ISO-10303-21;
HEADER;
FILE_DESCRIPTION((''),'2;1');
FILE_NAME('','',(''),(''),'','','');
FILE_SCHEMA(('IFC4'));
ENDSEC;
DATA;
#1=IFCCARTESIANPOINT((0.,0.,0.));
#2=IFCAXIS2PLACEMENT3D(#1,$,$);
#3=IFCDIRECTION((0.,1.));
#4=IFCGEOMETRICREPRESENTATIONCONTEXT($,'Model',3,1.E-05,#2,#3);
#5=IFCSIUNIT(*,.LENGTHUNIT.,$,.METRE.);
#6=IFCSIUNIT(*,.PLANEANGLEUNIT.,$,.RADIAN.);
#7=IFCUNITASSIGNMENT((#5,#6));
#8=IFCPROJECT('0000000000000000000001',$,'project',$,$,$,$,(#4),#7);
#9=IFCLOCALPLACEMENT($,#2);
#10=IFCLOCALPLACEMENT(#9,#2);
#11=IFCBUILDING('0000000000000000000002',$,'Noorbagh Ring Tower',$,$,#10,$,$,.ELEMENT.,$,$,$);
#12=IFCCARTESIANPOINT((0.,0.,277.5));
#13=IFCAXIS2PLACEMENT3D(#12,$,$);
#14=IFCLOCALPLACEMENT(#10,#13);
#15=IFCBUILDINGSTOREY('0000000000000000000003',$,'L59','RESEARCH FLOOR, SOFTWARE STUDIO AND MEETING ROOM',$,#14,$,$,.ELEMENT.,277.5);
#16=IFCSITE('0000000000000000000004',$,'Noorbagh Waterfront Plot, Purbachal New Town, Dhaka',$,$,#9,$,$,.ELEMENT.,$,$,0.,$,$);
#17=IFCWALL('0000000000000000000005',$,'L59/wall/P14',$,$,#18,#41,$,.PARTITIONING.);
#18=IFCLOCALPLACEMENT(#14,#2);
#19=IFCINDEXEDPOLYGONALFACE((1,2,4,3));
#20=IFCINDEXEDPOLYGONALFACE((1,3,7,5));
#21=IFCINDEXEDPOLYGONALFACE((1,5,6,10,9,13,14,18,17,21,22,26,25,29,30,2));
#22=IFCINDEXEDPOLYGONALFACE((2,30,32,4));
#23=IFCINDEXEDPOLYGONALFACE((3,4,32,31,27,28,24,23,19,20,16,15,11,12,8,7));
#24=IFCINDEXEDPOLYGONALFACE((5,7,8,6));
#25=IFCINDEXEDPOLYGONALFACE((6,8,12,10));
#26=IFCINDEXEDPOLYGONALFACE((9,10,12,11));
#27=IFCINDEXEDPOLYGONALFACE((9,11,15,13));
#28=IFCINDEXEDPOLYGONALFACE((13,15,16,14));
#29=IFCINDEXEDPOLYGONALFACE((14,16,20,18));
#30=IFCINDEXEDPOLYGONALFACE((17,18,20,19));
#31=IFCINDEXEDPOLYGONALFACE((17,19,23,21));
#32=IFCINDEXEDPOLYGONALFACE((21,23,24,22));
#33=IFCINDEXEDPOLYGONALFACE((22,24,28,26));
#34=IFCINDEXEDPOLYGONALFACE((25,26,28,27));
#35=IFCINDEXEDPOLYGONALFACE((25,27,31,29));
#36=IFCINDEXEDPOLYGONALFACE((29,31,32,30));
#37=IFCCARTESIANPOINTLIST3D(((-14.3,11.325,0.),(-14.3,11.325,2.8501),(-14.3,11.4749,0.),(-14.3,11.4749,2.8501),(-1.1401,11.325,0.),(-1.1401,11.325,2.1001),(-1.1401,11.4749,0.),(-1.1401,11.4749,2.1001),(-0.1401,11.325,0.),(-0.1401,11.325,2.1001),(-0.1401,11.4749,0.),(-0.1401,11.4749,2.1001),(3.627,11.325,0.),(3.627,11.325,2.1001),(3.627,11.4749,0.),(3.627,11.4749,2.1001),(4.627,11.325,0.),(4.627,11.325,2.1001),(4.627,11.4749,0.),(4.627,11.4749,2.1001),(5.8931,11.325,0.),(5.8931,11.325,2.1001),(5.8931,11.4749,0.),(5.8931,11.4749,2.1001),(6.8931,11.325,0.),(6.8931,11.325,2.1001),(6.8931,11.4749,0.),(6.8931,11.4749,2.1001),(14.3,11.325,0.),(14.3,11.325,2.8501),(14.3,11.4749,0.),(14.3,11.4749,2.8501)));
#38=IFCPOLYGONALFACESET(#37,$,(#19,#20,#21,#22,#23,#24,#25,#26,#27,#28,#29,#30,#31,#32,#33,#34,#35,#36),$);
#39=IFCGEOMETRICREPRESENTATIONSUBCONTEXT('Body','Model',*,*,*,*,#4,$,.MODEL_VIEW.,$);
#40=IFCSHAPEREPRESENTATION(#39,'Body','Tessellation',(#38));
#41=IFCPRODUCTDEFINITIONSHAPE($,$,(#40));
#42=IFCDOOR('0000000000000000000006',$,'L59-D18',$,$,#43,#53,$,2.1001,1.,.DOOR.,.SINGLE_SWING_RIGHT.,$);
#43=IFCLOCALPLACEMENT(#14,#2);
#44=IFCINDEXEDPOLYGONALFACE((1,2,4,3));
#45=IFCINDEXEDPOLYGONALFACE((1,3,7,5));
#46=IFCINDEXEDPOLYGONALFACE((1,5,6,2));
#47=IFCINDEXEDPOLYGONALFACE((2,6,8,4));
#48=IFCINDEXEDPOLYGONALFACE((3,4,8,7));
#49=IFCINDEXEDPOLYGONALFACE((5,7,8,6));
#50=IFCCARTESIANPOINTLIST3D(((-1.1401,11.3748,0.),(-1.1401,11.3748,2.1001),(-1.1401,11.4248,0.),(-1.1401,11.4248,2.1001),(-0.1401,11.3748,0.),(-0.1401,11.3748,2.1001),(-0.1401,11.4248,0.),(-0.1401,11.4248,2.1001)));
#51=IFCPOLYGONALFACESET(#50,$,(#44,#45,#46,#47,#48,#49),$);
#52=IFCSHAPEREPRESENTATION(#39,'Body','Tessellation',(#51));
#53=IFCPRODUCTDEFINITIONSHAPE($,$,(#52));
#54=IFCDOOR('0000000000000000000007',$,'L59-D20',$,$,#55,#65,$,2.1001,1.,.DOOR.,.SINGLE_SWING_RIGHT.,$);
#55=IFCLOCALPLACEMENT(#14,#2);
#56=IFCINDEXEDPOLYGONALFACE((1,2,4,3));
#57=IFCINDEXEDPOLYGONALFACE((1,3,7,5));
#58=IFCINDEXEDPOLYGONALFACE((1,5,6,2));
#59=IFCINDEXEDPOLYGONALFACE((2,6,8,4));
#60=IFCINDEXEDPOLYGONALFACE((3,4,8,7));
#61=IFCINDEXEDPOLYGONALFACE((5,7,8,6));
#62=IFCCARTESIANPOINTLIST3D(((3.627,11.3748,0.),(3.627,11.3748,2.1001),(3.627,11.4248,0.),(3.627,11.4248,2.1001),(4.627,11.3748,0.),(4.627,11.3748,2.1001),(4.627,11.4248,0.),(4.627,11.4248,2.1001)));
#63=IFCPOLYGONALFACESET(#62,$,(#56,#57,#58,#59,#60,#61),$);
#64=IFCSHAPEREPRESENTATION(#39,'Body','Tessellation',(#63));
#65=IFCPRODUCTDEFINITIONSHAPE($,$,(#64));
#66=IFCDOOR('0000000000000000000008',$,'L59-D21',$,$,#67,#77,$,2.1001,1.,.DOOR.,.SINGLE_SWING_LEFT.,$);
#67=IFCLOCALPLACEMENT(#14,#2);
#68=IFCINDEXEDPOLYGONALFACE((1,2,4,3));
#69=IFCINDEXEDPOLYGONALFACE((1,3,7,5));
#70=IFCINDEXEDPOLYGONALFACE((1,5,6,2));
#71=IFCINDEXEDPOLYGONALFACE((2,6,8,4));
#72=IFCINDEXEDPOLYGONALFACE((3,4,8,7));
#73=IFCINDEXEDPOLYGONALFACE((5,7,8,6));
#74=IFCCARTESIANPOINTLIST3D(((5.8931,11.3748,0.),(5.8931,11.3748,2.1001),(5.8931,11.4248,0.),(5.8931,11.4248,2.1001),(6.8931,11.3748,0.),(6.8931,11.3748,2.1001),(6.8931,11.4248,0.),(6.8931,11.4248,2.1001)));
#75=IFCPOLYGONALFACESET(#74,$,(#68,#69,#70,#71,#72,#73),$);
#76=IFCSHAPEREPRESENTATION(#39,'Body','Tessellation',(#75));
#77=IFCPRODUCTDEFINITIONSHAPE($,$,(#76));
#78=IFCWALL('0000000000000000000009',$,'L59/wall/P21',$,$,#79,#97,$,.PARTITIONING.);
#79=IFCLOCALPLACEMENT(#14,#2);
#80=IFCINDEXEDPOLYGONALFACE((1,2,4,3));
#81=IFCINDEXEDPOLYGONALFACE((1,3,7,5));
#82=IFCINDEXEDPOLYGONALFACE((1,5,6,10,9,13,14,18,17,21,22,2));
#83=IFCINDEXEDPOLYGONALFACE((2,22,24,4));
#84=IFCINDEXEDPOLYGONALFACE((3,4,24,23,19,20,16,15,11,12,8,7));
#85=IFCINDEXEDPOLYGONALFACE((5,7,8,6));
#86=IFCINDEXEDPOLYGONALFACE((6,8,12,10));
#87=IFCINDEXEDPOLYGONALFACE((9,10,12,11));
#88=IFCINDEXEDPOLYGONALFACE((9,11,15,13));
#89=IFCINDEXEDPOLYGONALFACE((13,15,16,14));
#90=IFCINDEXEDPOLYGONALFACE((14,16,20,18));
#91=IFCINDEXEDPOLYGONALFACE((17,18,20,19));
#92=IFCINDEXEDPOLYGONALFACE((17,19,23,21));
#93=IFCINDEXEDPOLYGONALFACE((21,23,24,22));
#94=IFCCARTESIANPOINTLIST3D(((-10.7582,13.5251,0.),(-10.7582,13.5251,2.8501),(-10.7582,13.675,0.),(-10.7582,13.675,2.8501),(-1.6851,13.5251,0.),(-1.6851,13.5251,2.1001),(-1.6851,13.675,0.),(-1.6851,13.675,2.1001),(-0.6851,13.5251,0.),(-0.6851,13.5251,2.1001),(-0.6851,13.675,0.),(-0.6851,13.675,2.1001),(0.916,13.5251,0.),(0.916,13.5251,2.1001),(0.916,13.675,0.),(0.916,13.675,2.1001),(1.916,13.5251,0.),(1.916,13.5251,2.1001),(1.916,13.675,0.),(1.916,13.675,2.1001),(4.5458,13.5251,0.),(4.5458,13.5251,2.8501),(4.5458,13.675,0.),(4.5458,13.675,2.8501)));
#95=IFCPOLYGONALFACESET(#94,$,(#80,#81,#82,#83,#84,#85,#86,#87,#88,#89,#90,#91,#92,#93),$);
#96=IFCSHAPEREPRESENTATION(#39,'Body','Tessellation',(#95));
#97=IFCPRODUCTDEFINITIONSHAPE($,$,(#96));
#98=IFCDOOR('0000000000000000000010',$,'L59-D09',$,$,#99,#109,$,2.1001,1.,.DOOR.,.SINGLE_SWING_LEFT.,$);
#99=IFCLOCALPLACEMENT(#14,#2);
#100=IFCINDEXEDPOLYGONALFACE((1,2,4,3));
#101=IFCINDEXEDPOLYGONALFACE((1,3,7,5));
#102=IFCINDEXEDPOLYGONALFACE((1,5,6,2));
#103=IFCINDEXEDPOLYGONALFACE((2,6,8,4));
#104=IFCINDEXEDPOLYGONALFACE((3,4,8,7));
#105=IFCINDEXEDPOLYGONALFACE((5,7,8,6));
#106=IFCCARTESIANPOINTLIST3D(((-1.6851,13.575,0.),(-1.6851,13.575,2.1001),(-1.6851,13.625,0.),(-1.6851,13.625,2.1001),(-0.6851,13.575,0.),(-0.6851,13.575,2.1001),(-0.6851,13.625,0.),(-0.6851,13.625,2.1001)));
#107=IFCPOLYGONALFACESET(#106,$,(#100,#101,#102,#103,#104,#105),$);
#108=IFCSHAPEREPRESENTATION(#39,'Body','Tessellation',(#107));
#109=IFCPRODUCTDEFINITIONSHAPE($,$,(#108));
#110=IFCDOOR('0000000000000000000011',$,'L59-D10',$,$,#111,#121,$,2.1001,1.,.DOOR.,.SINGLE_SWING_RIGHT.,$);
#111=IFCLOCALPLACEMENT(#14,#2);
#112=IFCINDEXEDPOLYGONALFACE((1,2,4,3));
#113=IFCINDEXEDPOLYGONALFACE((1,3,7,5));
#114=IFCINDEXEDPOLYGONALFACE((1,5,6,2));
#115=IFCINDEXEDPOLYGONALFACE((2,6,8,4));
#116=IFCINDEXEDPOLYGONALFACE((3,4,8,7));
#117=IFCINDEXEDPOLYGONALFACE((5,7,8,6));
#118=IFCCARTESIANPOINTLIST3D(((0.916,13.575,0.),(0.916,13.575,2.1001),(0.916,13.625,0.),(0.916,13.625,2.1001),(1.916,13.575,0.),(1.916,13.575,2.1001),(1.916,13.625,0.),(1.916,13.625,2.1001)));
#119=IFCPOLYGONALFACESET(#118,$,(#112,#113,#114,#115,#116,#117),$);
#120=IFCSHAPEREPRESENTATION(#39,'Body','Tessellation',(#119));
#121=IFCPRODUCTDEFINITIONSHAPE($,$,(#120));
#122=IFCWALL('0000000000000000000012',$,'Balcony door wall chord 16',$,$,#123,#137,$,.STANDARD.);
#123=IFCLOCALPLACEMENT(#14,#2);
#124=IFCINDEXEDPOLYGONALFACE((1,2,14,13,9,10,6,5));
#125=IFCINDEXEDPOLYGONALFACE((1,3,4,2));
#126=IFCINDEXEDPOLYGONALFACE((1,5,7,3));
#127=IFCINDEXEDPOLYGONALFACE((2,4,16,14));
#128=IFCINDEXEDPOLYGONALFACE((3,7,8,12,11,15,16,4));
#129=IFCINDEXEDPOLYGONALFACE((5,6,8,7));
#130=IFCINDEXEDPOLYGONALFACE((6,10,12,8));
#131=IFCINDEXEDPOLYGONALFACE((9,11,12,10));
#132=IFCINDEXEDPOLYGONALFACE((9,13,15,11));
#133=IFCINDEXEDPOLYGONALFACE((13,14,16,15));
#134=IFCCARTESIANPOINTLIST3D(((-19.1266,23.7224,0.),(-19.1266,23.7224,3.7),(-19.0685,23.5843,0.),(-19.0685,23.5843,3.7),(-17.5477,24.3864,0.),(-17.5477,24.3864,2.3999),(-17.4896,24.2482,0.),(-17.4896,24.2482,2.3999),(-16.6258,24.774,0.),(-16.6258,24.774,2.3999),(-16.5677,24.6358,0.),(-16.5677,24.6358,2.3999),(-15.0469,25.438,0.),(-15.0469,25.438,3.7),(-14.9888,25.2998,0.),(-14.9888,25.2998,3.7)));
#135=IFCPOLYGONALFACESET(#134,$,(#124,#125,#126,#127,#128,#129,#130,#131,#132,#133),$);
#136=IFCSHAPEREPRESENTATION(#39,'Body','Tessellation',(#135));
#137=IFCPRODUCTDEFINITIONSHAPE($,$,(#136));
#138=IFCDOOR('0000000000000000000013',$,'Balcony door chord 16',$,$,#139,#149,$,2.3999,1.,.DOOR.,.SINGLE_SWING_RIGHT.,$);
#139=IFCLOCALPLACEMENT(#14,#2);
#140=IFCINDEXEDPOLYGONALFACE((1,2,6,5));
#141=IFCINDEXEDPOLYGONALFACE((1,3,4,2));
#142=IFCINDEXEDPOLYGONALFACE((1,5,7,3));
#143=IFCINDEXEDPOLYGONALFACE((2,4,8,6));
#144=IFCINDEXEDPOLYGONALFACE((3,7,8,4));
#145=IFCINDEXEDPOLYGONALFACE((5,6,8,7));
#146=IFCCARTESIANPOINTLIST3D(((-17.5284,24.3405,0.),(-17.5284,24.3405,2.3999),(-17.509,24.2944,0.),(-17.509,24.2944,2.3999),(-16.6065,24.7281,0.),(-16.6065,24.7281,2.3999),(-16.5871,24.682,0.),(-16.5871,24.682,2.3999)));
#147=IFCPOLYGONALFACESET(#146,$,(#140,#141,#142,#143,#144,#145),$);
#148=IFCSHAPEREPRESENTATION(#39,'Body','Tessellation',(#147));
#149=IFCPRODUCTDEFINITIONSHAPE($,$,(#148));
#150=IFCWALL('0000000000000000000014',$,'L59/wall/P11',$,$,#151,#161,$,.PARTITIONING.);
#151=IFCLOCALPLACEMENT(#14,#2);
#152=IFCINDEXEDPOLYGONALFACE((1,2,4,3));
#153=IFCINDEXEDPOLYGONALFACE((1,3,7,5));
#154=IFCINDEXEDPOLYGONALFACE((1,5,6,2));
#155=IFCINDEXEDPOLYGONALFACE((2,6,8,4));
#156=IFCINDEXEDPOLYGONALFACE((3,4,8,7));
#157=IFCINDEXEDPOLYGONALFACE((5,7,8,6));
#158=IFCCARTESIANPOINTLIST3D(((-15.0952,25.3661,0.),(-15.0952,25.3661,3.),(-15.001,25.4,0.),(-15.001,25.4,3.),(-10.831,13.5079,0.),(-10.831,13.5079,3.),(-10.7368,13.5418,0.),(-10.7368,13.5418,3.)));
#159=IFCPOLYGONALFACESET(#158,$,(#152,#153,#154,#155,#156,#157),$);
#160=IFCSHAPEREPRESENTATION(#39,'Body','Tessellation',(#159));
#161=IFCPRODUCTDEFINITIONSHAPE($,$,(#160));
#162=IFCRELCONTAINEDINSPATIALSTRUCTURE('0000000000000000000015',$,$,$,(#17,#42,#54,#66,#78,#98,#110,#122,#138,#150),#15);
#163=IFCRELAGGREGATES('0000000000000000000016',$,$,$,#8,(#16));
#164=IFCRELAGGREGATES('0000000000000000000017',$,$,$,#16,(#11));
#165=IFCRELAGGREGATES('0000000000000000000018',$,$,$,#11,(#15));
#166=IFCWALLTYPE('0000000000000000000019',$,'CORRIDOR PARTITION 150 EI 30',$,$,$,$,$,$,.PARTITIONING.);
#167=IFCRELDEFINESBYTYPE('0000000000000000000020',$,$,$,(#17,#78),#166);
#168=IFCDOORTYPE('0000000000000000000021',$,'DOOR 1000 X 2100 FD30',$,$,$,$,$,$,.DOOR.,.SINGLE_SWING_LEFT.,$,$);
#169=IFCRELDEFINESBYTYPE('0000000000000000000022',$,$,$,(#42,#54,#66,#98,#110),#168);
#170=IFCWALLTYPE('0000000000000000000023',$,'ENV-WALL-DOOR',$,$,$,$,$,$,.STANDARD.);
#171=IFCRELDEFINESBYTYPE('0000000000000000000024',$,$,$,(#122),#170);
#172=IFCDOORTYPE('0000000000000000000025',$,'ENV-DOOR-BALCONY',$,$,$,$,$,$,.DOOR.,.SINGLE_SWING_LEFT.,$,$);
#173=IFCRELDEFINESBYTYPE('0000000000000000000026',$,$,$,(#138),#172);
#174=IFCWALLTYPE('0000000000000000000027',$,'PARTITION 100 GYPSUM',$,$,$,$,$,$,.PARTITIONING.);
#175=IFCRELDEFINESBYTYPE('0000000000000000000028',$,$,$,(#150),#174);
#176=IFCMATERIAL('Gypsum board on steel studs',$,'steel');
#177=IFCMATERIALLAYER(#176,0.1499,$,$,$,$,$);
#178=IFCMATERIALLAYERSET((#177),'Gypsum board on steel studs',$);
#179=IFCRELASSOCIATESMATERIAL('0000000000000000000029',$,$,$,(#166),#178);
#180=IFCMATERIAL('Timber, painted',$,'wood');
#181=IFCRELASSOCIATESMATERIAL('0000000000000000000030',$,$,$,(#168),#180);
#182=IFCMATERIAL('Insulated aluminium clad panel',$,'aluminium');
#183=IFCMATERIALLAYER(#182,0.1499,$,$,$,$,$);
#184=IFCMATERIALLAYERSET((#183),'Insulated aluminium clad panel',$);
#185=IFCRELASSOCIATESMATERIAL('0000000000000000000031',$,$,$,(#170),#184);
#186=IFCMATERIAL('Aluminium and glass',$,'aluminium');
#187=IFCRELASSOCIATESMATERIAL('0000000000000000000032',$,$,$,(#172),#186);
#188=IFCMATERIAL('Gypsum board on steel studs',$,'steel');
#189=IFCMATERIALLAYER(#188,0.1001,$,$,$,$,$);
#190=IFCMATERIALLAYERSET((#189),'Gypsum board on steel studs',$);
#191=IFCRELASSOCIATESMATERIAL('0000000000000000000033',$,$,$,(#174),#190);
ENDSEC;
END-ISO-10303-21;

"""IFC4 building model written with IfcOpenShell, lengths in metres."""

from ifc_helpers import new_model, si_unit, direction, frame, frame_2d, origin, place, context, subcontext, project, spatial, rectangle, extrude, material, layer, layer_set, type_object, element, fill, save


model = new_model("IFC4")

# Units and contexts
model_context = context("Model", 3, precision=1e-05, world=origin(), true_north=direction((0.0, 1.0)))
body_context = subcontext(model_context, "Body", "Model", "MODEL_VIEW")
ifc_project = project(units=[si_unit("LENGTHUNIT", "METRE"), si_unit("PLANEANGLEUNIT", "RADIAN")], contexts=[model_context])

# Site, building, storey
site_placement = place(None, origin())
site = spatial("IfcSite", under=ifc_project, at=site_placement, Name="Noorbagh Waterfront Plot, Purbachal New Town, Dhaka", CompositionType="ELEMENT", RefElevation=0.0)
building_placement = place(site_placement, origin())
building = spatial("IfcBuilding", under=site, at=building_placement, Name="Noorbagh Ring Tower", CompositionType="ELEMENT")
storey_placement = place(building_placement, frame((0.0, 0.0, 277.5)))
storey = spatial("IfcBuildingStorey", under=building, at=storey_placement, Name="L59", Description="RESEARCH FLOOR, SOFTWARE STUDIO AND MEETING ROOM", CompositionType="ELEMENT", Elevation=277.5)

# Walls, openings, doors
ifc_material_1 = material(Name="Gypsum board on steel studs", Category="steel")
ifc_layer_1 = layer(ifc_material_1, 0.1499)
ifc_layer_set_1 = layer_set([ifc_layer_1], Name="Gypsum board on steel studs")
wall_type_1 = type_object("IfcWallType", Name="CORRIDOR PARTITION 150 EI 30", PredefinedType="PARTITIONING", material=ifc_layer_set_1)
wall_1_placement = place(storey_placement, frame((-14.3, 11.3999, 0.0), z_axis=(0.0, 0.0, 1.0), x_axis=(1.0, 0.0, 0.0)))
wall_1 = element("IfcWall", 1, at=wall_1_placement, inside=storey, type_object=wall_type_1, Name="L59/wall/P14", PredefinedType="PARTITIONING", context=body_context, shape_type="SweptSolid", body=[
    extrude(rectangle(XDim=28.6001, YDim=0.1499, at=frame_2d((14.3, 0.0))), origin(), (0.0, 0.0, 1.0), 2.8501),
])
opening_1_placement = place(wall_1_placement, frame((13.1599, 0.0, 0.0)))
opening_1 = element("IfcOpeningElement", 2, at=opening_1_placement, cuts=wall_1, PredefinedType="OPENING", context=body_context, shape_type="SweptSolid", body=[
    extrude(rectangle(XDim=1.0, YDim=2.1001, at=frame_2d((0.5, 1.05))), frame((0.0, 0.085, 0.0), z_axis=(0.0, -1.0, 0.0), x_axis=(1.0, 0.0, 0.0)), (0.0, 0.0, 1.0), 0.1699),
])
opening_2_placement = place(wall_1_placement, frame((17.927, 0.0, 0.0)))
opening_2 = element("IfcOpeningElement", 3, at=opening_2_placement, cuts=wall_1, PredefinedType="OPENING", context=body_context, shape_type="SweptSolid", body=[
    extrude(rectangle(XDim=1.0, YDim=2.1001, at=frame_2d((0.5, 1.05))), frame((0.0, 0.085, 0.0), z_axis=(0.0, -1.0, 0.0), x_axis=(1.0, 0.0, 0.0)), (0.0, 0.0, 1.0), 0.1699),
])
opening_3_placement = place(wall_1_placement, frame((20.1931, 0.0, 0.0)))
opening_3 = element("IfcOpeningElement", 4, at=opening_3_placement, cuts=wall_1, PredefinedType="OPENING", context=body_context, shape_type="SweptSolid", body=[
    extrude(rectangle(XDim=1.0, YDim=2.1001, at=frame_2d((0.5, 1.05))), frame((0.0, 0.085, 0.0), z_axis=(0.0, -1.0, 0.0), x_axis=(1.0, 0.0, 0.0)), (0.0, 0.0, 1.0), 0.1699),
])
ifc_material_2 = material(Name="Timber, painted", Category="wood")
door_type_1 = type_object("IfcDoorType", Name="DOOR 1000 X 2100 FD30", OperationType="SINGLE_SWING_LEFT", PredefinedType="DOOR", material=ifc_material_2)
door_1_placement = place(opening_1_placement, origin())
door_1 = element("IfcDoor", 5, at=door_1_placement, inside=storey, type_object=door_type_1, Name="L59-D18", OperationType="SINGLE_SWING_RIGHT", OverallHeight=2.1001, OverallWidth=1.0, PredefinedType="DOOR", context=body_context, shape_type="SweptSolid", body=[
    extrude(rectangle(XDim=1.0, YDim=2.1001, at=frame_2d((0.5, 1.05))), frame((0.0, 0.0249, 0.0), z_axis=(0.0, -1.0, 0.0), x_axis=(1.0, 0.0, 0.0)), (0.0, 0.0, 1.0), 0.05),
])
fill(opening_1, door_1)
door_2_placement = place(opening_2_placement, origin())
door_2 = element("IfcDoor", 6, at=door_2_placement, inside=storey, type_object=door_type_1, Name="L59-D20", OperationType="SINGLE_SWING_RIGHT", OverallHeight=2.1001, OverallWidth=1.0, PredefinedType="DOOR", context=body_context, shape_type="SweptSolid", body=[
    extrude(rectangle(XDim=1.0, YDim=2.1001, at=frame_2d((0.5, 1.05))), frame((0.0, 0.0249, 0.0), z_axis=(0.0, -1.0, 0.0), x_axis=(1.0, 0.0, 0.0)), (0.0, 0.0, 1.0), 0.05),
])
fill(opening_2, door_2)
door_3_placement = place(opening_3_placement, origin())
door_3 = element("IfcDoor", 7, at=door_3_placement, inside=storey, type_object=door_type_1, Name="L59-D21", OperationType="SINGLE_SWING_LEFT", OverallHeight=2.1001, OverallWidth=1.0, PredefinedType="DOOR", context=body_context, shape_type="SweptSolid", body=[
    extrude(rectangle(XDim=1.0, YDim=2.1001, at=frame_2d((0.5, 1.05))), frame((0.0, 0.0249, 0.0), z_axis=(0.0, -1.0, 0.0), x_axis=(1.0, 0.0, 0.0)), (0.0, 0.0, 1.0), 0.05),
])
fill(opening_3, door_3)
wall_2_placement = place(storey_placement, frame((-10.7581, 13.6001, 0.0), z_axis=(0.0, 0.0, 1.0), x_axis=(1.0, 0.0, 0.0)))
wall_2 = element("IfcWall", 8, at=wall_2_placement, inside=storey, type_object=wall_type_1, Name="L59/wall/P21", PredefinedType="PARTITIONING", context=body_context, shape_type="SweptSolid", body=[
    extrude(rectangle(XDim=15.304, YDim=0.1499, at=frame_2d((7.6519, 0.0))), origin(), (0.0, 0.0, 1.0), 2.8501),
])
opening_4_placement = place(wall_2_placement, frame((9.073, 0.0, 0.0)))
opening_4 = element("IfcOpeningElement", 9, at=opening_4_placement, cuts=wall_2, PredefinedType="OPENING", context=body_context, shape_type="SweptSolid", body=[
    extrude(rectangle(XDim=1.0, YDim=2.1001, at=frame_2d((0.5, 1.05))), frame((0.0, 0.085, 0.0), z_axis=(0.0, -1.0, 0.0), x_axis=(1.0, 0.0, 0.0)), (0.0, 0.0, 1.0), 0.1699),
])
opening_5_placement = place(wall_2_placement, frame((11.6741, 0.0, 0.0)))
opening_5 = element("IfcOpeningElement", 10, at=opening_5_placement, cuts=wall_2, PredefinedType="OPENING", context=body_context, shape_type="SweptSolid", body=[
    extrude(rectangle(XDim=1.0, YDim=2.1001, at=frame_2d((0.5, 1.05))), frame((0.0, 0.085, 0.0), z_axis=(0.0, -1.0, 0.0), x_axis=(1.0, 0.0, 0.0)), (0.0, 0.0, 1.0), 0.1699),
])
door_4_placement = place(opening_4_placement, origin())
door_4 = element("IfcDoor", 11, at=door_4_placement, inside=storey, type_object=door_type_1, Name="L59-D09", OperationType="SINGLE_SWING_LEFT", OverallHeight=2.1001, OverallWidth=1.0, PredefinedType="DOOR", context=body_context, shape_type="SweptSolid", body=[
    extrude(rectangle(XDim=1.0, YDim=2.1001, at=frame_2d((0.5, 1.05))), frame((0.0, 0.0249, 0.0), z_axis=(0.0, -1.0, 0.0), x_axis=(1.0, 0.0, 0.0)), (0.0, 0.0, 1.0), 0.05),
])
fill(opening_4, door_4)
door_5_placement = place(opening_5_placement, origin())
door_5 = element("IfcDoor", 12, at=door_5_placement, inside=storey, type_object=door_type_1, Name="L59-D10", OperationType="SINGLE_SWING_RIGHT", OverallHeight=2.1001, OverallWidth=1.0, PredefinedType="DOOR", context=body_context, shape_type="SweptSolid", body=[
    extrude(rectangle(XDim=1.0, YDim=2.1001, at=frame_2d((0.5, 1.05))), frame((0.0, 0.0249, 0.0), z_axis=(0.0, -1.0, 0.0), x_axis=(1.0, 0.0, 0.0)), (0.0, 0.0, 1.0), 0.05),
])
fill(opening_5, door_5)

# Wall, opening, door
ifc_material_3 = material(Name="Insulated aluminium clad panel", Category="aluminium")
ifc_layer_2 = layer(ifc_material_3, 0.1499)
ifc_layer_set_2 = layer_set([ifc_layer_2], Name="Insulated aluminium clad panel")
wall_type_2 = type_object("IfcWallType", Name="ENV-WALL-DOOR", PredefinedType="STANDARD", material=ifc_layer_set_2)
wall_3_placement = place(storey_placement, frame((-15.0178, 25.3689, 0.0), z_axis=(0.0, 0.0, 1.0), x_axis=(-0.921817, -0.387625, 0.0)))
wall_3 = element("IfcWall", 13, at=wall_3_placement, inside=storey, type_object=wall_type_2, Name="Balcony door wall chord 16", PredefinedType="STANDARD", context=body_context, shape_type="SweptSolid", body=[
    extrude(rectangle(XDim=4.4258, YDim=0.1499, at=frame_2d((2.2129, 0.0))), origin(), (0.0, 0.0, 1.0), 3.7),
])
opening_6_placement = place(wall_3_placement, frame((1.7129, 0.0, 0.0)))
opening_6 = element("IfcOpeningElement", 14, at=opening_6_placement, cuts=wall_3, PredefinedType="OPENING", context=body_context, shape_type="SweptSolid", body=[
    extrude(rectangle(XDim=1.0, YDim=2.3999, at=frame_2d((0.5, 1.2))), frame((0.0, 0.085, 0.0), z_axis=(0.0, -1.0, 0.0), x_axis=(1.0, 0.0, 0.0)), (0.0, 0.0, 1.0), 0.1699),
])
ifc_material_4 = material(Name="Aluminium and glass", Category="aluminium")
door_type_2 = type_object("IfcDoorType", Name="ENV-DOOR-BALCONY", OperationType="SINGLE_SWING_LEFT", PredefinedType="DOOR", material=ifc_material_4)
door_6_placement = place(opening_6_placement, origin())
door_6 = element("IfcDoor", 15, at=door_6_placement, inside=storey, type_object=door_type_2, Name="Balcony door chord 16", OperationType="SINGLE_SWING_RIGHT", OverallHeight=2.3999, OverallWidth=1.0, PredefinedType="DOOR", context=body_context, shape_type="SweptSolid", body=[
    extrude(rectangle(XDim=1.0, YDim=2.3999, at=frame_2d((0.5, 1.2))), frame((0.0, 0.0249, 0.0), z_axis=(0.0, -1.0, 0.0), x_axis=(1.0, 0.0, 0.0)), (0.0, 0.0, 1.0), 0.05),
])
fill(opening_6, door_6)

# Wall
ifc_material_5 = material(Name="Gypsum board on steel studs", Category="steel")
ifc_layer_3 = layer(ifc_material_5, 0.1001)
ifc_layer_set_3 = layer_set([ifc_layer_3], Name="Gypsum board on steel studs")
wall_type_3 = type_object("IfcWallType", Name="PARTITION 100 GYPSUM", PredefinedType="PARTITIONING", material=ifc_layer_set_3)
wall_4_placement = place(storey_placement, frame((-15.0481, 25.3831, 0.0), z_axis=(0.0, 0.0, 1.0), x_axis=(0.338384, -0.941008, 0.0)))
element("IfcWall", 16, at=wall_4_placement, inside=storey, type_object=wall_type_3, Name="L59/wall/P11", PredefinedType="PARTITIONING", context=body_context, shape_type="SweptSolid", body=[
    extrude(rectangle(XDim=12.6016, YDim=0.1001, at=frame_2d((6.3008, 0.0))), origin(), (0.0, 0.0, 1.0), 3.0),
])

save(model, "model.ifc")
